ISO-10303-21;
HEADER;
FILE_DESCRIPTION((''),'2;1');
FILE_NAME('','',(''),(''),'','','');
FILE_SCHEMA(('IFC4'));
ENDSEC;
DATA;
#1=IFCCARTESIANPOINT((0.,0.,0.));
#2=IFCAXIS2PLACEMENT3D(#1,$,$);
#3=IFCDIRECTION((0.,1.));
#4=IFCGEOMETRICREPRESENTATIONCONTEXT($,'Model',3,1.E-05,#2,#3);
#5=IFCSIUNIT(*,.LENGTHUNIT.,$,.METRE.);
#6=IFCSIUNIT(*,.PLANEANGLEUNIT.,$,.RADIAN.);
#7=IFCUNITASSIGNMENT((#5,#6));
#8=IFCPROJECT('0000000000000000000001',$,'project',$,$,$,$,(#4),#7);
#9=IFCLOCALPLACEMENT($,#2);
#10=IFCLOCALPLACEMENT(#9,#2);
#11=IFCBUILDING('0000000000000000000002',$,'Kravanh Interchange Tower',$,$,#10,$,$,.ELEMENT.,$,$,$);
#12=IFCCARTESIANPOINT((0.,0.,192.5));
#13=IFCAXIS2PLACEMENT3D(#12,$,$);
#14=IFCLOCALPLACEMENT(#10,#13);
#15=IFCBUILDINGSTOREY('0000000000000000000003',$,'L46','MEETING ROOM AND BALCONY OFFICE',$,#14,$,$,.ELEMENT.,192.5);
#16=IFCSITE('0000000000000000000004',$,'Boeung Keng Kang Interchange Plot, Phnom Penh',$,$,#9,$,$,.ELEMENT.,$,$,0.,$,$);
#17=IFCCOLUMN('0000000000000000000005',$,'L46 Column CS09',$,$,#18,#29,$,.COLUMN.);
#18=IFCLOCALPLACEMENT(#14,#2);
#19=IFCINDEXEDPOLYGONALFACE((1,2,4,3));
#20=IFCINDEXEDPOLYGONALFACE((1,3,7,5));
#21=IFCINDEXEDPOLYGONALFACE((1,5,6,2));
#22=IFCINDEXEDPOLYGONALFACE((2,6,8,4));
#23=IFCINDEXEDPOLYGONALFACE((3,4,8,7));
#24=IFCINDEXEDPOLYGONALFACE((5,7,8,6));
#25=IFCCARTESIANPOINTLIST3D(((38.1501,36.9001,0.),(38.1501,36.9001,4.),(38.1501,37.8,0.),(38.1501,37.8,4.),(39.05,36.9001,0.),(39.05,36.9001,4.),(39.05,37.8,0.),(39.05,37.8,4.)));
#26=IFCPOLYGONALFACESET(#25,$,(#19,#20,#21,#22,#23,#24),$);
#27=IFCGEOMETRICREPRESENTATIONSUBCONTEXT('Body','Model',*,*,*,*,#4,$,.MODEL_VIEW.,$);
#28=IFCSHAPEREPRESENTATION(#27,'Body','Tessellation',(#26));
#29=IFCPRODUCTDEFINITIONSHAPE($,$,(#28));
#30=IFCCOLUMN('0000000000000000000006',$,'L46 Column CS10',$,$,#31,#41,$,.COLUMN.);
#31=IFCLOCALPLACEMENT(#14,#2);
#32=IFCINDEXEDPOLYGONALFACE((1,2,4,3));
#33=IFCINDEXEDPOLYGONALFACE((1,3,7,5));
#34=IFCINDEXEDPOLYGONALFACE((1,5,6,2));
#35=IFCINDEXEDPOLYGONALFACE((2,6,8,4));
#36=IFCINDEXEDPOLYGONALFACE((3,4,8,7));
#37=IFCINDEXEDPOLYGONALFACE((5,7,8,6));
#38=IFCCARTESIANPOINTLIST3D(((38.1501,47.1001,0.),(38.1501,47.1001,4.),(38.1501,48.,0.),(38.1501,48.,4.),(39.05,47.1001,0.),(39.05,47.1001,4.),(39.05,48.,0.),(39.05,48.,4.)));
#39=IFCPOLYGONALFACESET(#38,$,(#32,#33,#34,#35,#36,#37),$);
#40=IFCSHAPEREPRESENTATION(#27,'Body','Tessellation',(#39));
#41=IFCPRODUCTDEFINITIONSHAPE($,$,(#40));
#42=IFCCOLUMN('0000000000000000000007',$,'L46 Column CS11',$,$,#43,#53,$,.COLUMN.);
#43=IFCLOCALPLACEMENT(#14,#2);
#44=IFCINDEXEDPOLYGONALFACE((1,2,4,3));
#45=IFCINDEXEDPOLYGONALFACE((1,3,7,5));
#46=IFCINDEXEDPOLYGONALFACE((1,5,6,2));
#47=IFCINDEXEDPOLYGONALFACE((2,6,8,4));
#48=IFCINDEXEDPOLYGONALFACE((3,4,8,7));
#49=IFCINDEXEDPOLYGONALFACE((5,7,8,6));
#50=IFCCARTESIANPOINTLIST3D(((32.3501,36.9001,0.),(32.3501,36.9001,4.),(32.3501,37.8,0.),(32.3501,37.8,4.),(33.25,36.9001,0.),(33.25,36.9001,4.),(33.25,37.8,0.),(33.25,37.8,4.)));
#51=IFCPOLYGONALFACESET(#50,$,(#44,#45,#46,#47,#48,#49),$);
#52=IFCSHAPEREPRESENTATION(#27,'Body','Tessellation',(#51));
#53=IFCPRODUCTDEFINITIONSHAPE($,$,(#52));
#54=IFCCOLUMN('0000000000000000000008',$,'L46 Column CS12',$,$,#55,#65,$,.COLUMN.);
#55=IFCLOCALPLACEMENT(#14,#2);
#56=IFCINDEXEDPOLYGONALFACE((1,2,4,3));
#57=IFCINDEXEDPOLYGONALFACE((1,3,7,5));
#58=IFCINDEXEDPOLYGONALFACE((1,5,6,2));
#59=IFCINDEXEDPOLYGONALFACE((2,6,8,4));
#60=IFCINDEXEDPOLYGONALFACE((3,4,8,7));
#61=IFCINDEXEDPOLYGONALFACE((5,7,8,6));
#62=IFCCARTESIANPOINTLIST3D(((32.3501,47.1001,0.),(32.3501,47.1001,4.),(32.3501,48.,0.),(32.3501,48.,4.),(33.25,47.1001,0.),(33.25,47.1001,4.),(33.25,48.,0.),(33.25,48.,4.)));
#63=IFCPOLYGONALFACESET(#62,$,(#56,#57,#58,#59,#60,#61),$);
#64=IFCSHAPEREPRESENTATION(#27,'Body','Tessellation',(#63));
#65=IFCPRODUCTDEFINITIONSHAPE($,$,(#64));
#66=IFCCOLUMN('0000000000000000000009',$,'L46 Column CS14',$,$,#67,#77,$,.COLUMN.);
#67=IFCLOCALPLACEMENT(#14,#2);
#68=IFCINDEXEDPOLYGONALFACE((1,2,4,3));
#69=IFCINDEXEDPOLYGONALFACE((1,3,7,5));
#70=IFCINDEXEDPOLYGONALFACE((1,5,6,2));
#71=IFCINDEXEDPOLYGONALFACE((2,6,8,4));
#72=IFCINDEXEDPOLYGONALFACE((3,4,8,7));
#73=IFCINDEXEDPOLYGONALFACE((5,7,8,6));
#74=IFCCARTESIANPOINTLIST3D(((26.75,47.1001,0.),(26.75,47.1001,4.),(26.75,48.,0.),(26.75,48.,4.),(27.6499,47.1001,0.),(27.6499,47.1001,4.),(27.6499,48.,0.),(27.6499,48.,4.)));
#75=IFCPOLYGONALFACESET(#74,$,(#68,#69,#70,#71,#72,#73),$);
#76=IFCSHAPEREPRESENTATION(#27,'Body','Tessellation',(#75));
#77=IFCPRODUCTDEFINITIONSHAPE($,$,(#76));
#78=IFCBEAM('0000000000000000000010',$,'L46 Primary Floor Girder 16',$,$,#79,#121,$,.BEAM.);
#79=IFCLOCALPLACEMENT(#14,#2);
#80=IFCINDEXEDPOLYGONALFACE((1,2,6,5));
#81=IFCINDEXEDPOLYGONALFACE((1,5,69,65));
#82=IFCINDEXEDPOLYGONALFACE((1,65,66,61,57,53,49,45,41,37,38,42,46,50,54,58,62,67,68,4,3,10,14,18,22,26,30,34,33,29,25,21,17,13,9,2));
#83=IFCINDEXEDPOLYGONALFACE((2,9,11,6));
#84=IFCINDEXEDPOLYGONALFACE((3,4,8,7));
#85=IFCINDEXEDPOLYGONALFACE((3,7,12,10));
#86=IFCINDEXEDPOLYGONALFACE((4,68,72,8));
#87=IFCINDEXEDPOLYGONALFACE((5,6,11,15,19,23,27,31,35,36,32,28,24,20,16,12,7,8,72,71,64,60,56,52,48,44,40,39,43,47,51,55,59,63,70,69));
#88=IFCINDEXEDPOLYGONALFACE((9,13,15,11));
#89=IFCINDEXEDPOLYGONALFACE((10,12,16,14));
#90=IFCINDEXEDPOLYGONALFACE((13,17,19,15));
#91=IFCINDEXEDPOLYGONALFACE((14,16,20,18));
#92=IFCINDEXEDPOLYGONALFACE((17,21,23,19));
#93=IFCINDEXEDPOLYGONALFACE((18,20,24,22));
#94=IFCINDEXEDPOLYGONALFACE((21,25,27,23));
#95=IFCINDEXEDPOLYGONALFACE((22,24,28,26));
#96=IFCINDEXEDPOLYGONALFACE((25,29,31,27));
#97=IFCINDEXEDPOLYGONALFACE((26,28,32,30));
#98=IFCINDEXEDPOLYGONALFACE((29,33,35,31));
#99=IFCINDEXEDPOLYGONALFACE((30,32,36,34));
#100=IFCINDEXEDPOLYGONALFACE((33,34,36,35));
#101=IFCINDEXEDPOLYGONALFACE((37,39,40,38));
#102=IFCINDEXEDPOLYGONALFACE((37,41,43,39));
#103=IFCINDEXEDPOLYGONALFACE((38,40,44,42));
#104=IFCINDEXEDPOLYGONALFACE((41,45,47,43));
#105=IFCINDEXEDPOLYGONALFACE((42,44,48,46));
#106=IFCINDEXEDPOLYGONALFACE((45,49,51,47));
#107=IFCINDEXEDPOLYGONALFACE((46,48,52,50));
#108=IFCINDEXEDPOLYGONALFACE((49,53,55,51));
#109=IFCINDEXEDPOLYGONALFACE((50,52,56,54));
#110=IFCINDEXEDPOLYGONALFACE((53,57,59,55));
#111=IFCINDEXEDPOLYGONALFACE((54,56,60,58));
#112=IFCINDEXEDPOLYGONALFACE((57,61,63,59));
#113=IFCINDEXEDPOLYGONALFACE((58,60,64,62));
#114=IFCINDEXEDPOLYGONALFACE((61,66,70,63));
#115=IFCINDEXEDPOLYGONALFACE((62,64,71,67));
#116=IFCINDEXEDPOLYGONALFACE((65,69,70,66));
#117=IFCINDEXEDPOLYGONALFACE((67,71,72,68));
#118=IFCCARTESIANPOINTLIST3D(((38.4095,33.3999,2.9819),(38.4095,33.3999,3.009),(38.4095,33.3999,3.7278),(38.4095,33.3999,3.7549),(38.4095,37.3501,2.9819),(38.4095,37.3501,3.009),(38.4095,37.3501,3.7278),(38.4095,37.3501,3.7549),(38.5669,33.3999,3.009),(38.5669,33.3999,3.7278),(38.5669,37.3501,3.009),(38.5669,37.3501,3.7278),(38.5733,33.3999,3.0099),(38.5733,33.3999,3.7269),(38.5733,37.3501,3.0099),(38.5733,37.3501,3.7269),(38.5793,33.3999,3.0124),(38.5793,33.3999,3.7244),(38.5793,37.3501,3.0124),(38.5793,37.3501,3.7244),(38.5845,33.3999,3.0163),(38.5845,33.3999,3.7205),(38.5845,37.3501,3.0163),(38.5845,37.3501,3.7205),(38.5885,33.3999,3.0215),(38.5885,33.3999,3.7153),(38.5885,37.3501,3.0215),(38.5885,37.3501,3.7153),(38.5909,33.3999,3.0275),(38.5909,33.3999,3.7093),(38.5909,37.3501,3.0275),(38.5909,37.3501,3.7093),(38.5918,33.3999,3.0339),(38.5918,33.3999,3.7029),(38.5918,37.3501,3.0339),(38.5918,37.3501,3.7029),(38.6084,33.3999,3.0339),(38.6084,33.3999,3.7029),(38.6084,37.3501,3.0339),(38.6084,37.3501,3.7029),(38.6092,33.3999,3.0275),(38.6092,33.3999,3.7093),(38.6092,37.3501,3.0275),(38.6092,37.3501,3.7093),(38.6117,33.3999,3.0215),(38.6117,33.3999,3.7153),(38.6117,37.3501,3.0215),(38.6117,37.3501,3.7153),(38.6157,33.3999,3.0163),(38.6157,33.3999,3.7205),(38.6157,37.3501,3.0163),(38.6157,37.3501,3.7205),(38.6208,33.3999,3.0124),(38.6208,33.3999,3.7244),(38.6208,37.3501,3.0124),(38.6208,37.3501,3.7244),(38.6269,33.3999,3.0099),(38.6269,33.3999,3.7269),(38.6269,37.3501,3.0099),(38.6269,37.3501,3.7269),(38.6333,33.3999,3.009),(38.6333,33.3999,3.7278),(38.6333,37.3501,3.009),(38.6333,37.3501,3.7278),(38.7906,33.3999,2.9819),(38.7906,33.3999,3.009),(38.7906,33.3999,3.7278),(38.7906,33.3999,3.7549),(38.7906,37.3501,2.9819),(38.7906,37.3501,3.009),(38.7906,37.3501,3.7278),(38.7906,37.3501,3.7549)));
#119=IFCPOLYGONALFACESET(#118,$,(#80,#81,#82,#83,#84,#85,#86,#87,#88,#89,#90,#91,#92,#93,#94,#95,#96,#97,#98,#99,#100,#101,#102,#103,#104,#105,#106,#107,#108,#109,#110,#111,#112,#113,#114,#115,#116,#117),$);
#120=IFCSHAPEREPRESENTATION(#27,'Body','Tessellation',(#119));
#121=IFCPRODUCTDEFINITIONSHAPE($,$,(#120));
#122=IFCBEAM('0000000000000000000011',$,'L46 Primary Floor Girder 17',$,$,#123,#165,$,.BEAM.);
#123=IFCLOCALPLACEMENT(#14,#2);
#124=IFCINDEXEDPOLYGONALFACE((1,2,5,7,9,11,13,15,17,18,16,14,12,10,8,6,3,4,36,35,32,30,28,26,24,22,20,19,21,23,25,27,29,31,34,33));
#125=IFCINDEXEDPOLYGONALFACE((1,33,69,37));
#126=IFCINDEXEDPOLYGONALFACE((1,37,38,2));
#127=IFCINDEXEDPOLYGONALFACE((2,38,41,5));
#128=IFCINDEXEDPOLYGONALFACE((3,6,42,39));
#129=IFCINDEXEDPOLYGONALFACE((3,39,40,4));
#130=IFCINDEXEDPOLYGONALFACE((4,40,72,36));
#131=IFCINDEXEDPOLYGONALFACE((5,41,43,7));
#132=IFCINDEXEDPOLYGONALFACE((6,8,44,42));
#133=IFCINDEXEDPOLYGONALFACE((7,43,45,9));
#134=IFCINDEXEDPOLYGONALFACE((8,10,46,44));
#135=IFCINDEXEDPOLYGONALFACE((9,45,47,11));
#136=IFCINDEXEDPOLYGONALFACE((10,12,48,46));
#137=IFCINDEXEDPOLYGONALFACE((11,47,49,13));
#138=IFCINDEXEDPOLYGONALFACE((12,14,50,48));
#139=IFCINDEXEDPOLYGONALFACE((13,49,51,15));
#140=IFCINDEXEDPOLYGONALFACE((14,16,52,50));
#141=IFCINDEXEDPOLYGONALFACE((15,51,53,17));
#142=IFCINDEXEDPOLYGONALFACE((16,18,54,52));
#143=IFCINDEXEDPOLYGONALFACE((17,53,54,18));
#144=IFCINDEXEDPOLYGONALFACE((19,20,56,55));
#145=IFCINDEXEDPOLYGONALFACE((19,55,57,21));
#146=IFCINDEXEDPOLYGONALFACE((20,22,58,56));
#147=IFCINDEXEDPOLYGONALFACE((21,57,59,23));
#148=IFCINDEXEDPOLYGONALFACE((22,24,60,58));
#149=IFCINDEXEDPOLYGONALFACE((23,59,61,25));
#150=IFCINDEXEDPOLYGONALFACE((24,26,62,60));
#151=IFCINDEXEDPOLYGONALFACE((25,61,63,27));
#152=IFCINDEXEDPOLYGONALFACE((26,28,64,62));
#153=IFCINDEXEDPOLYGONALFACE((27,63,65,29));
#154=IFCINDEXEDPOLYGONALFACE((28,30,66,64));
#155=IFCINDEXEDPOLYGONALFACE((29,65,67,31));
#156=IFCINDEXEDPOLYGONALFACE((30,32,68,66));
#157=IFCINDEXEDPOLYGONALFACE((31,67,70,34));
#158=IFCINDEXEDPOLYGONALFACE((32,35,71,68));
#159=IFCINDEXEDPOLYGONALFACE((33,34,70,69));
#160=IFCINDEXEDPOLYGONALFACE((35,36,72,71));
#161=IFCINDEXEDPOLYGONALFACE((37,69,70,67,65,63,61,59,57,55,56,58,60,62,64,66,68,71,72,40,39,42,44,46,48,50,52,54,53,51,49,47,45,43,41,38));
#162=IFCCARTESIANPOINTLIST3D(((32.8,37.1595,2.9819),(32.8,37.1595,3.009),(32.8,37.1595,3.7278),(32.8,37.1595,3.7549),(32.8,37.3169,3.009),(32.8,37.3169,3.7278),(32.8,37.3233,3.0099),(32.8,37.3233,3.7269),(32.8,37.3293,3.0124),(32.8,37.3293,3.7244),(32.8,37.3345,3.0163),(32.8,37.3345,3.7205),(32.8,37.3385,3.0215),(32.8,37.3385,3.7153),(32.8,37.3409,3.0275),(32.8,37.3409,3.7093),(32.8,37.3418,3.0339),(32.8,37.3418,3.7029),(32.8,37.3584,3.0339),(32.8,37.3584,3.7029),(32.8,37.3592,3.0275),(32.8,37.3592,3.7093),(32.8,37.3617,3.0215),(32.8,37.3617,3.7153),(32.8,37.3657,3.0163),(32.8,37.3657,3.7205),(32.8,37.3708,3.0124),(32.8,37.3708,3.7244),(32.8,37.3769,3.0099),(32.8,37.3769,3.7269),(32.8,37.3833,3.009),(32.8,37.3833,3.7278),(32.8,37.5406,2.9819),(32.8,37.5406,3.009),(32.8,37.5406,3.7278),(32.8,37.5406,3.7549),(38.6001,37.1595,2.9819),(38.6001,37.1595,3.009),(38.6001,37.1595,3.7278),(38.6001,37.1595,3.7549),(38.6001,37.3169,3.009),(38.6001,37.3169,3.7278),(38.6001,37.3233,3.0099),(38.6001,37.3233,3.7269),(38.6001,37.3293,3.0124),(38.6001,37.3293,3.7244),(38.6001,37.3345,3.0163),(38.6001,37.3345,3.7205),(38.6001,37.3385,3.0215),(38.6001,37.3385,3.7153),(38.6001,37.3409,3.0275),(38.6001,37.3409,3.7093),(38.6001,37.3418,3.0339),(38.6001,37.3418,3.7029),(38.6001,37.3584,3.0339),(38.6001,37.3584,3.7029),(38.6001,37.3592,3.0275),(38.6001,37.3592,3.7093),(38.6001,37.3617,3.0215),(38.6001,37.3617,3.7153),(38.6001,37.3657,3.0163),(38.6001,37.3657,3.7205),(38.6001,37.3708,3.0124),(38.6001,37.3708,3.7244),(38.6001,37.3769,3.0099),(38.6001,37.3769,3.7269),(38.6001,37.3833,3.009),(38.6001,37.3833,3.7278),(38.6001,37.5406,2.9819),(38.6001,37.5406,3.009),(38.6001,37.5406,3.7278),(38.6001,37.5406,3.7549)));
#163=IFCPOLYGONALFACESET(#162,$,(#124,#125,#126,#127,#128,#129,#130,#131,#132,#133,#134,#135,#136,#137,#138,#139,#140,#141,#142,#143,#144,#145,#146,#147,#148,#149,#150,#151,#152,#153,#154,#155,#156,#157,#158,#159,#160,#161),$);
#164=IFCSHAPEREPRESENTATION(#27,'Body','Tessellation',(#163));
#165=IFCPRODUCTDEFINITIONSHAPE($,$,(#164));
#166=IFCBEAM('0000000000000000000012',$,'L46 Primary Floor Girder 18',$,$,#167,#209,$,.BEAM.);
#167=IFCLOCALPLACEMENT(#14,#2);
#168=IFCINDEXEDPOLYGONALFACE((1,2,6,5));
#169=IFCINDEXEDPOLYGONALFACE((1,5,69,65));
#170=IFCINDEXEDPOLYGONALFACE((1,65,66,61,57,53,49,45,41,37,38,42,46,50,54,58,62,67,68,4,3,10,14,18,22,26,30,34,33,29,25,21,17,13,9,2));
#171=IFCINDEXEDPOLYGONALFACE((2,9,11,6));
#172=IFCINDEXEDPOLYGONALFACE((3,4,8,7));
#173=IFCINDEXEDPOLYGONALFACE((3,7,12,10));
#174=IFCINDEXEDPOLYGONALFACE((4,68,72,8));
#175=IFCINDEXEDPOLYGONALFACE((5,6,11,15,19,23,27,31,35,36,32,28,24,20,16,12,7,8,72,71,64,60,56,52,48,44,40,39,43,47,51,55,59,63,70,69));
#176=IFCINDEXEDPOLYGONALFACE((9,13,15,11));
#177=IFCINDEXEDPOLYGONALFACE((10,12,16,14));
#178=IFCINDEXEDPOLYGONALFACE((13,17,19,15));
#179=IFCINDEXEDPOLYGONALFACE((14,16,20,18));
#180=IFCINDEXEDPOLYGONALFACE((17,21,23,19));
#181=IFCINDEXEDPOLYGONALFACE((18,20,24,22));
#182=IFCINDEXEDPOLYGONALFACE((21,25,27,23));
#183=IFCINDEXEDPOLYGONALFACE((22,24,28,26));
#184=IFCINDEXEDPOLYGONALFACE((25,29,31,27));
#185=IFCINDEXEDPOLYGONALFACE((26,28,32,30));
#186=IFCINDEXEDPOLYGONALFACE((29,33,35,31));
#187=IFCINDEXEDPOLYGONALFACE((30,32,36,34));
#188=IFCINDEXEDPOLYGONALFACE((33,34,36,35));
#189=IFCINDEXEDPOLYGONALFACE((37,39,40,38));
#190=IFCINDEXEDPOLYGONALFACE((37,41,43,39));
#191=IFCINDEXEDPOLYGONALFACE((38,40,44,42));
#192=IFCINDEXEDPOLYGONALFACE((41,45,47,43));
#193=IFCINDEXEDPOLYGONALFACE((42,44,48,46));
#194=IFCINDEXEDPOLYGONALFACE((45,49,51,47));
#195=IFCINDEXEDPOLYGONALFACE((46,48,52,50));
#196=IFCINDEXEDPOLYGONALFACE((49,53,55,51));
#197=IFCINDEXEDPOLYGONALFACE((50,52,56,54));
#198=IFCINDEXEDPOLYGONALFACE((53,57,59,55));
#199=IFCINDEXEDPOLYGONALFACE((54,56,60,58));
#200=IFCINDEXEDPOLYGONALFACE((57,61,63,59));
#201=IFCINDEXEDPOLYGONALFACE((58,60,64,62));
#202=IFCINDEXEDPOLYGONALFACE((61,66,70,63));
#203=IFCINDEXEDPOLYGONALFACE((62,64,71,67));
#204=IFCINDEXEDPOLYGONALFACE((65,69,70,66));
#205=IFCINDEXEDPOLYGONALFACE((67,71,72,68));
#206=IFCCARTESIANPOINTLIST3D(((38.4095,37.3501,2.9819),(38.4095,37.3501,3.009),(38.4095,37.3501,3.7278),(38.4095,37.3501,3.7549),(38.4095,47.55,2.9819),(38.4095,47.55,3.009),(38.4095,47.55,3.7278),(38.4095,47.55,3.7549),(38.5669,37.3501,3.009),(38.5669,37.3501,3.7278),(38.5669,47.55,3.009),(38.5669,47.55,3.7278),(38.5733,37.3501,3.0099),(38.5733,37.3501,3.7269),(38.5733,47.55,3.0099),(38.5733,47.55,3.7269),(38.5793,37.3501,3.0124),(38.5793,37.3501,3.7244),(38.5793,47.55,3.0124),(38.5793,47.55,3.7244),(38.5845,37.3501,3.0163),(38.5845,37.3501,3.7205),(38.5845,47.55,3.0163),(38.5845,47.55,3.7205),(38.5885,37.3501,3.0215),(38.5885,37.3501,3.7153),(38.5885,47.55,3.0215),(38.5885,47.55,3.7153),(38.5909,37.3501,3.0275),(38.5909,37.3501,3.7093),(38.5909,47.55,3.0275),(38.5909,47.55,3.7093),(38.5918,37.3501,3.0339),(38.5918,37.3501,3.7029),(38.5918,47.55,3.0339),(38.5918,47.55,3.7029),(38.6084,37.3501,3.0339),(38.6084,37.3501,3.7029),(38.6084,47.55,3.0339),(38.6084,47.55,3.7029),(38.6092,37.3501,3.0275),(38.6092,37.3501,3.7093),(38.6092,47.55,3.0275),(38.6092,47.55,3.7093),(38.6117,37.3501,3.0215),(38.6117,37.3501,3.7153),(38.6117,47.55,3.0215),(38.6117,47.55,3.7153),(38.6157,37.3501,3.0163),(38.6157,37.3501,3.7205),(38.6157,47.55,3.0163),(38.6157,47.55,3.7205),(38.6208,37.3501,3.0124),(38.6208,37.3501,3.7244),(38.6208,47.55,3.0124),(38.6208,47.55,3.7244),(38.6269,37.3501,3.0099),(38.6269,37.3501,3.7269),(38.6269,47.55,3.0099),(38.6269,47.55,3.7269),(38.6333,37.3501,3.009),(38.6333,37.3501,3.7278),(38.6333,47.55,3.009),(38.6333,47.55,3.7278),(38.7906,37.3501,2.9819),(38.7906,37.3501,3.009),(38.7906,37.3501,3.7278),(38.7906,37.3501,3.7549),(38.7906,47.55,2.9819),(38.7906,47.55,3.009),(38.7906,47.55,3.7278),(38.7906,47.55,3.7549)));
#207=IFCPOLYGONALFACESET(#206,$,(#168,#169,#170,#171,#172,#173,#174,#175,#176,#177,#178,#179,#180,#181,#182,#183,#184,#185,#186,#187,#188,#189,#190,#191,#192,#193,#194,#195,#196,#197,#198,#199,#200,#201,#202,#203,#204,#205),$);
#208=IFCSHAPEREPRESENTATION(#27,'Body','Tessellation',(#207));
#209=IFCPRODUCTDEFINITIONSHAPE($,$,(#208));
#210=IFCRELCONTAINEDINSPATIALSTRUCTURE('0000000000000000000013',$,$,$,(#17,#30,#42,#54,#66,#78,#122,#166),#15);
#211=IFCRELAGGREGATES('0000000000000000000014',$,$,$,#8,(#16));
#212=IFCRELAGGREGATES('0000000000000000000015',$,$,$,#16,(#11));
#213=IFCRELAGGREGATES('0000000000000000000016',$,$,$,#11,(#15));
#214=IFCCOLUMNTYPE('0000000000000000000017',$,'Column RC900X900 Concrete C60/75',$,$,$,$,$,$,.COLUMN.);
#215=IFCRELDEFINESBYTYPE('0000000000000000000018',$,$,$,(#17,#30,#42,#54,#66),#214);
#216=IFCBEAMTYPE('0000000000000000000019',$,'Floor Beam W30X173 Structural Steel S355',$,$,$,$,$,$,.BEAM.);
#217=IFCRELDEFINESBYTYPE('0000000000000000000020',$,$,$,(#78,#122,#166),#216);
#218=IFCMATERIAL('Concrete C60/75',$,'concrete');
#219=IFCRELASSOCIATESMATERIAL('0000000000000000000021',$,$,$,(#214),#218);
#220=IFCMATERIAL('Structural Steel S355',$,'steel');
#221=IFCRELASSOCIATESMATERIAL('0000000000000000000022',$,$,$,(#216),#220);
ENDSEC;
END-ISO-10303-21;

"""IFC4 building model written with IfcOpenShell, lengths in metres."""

from ifc_helpers import new_model, si_unit, direction, frame, origin, origin_2d, place, context, subcontext, project, spatial, rectangle, i_section, extrude, material, material_profile, profile_set, type_object, element, save


model = new_model("IFC4")

# Units and contexts
model_context = context("Model", 3, precision=1e-05, world=origin(), true_north=direction((0.0, 1.0)))
body_context = subcontext(model_context, "Body", "Model", "MODEL_VIEW")
ifc_project = project(units=[si_unit("LENGTHUNIT", "METRE"), si_unit("PLANEANGLEUNIT", "RADIAN")], contexts=[model_context])

# Site, building, storey
site_placement = place(None, origin())
site = spatial("IfcSite", under=ifc_project, at=site_placement, Name="Boeung Keng Kang Interchange Plot, Phnom Penh", CompositionType="ELEMENT", RefElevation=0.0)
building_placement = place(site_placement, origin())
building = spatial("IfcBuilding", under=site, at=building_placement, Name="Kravanh Interchange Tower", CompositionType="ELEMENT")
storey_placement = place(building_placement, frame((0.0, 0.0, 192.5)))
storey = spatial("IfcBuildingStorey", under=building, at=storey_placement, Name="L46", Description="MEETING ROOM AND BALCONY OFFICE", CompositionType="ELEMENT", Elevation=192.5)

# Columns
ifc_material_1 = material(Name="Concrete C60/75", Category="concrete")
ifc_material_profile_1 = material_profile(ifc_material_1, rectangle(XDim=0.8999, YDim=0.8999, at=origin_2d()), Name="RC900X900")
ifc_profile_set_1 = profile_set([ifc_material_profile_1], Name="Concrete C60/75")
column_type = type_object("IfcColumnType", Name="Column RC900X900 Concrete C60/75", PredefinedType="COLUMN", material=ifc_profile_set_1)
for number, where, z_axis, x_axis, name in (
    (1, (38.6001, 37.3501, 0.0), (0.0, 0.0, 1.0), (1.0, 0.0, 0.0), "L46 Column CS09"),
    (2, (38.6001, 47.55, 0.0), (0.0, 0.0, 1.0), (1.0, 0.0, 0.0), "L46 Column CS10"),
    (3, (32.8, 37.3501, 0.0), (0.0, 0.0, 1.0), (1.0, 0.0, 0.0), "L46 Column CS11"),
    (4, (32.8, 47.55, 0.0), (0.0, 0.0, 1.0), (1.0, 0.0, 0.0), "L46 Column CS12"),
    (5, (27.2, 47.55, 0.0), (0.0, 0.0, 1.0), (1.0, 0.0, 0.0), "L46 Column CS14"),
):
    element("IfcColumn", number, at=place(storey_placement, frame(where, z_axis=z_axis, x_axis=x_axis)), inside=storey, type_object=column_type, Name=name, PredefinedType="COLUMN", context=body_context, shape_type="SweptSolid", body=[
        extrude(rectangle(XDim=0.8999, YDim=0.8999, at=origin_2d()), origin(), (0.0, 0.0, 1.0), 4.0),
    ])

# Beams
ifc_material_2 = material(Name="Structural Steel S355", Category="steel")
ifc_material_profile_2 = material_profile(ifc_material_2, i_section(OverallWidth=0.3811, OverallDepth=0.7729, WebThickness=0.0166, FlangeThickness=0.0271, FilletRadius=0.0249, at=origin_2d()), Name="W30X173")
ifc_profile_set_2 = profile_set([ifc_material_profile_2], Name="Structural Steel S355")
beam_type = type_object("IfcBeamType", Name="Floor Beam W30X173 Structural Steel S355", PredefinedType="BEAM", material=ifc_profile_set_2)
beam_1_placement = place(storey_placement, frame((38.6001, 37.3501, 3.3684), z_axis=(0.0, -1.0, 0.0), x_axis=(1.0, 0.0, 0.0)))
element("IfcBeam", 6, at=beam_1_placement, inside=storey, type_object=beam_type, Name="L46 Primary Floor Girder 16", PredefinedType="BEAM", context=body_context, shape_type="SweptSolid", body=[
    extrude(i_section(OverallWidth=0.3811, OverallDepth=0.7729, WebThickness=0.0166, FlangeThickness=0.0271, FilletRadius=0.0249, at=origin_2d()), origin(), (0.0, 0.0, 1.0), 3.9502),
])
beam_2_placement = place(storey_placement, frame((38.6001, 37.3501, 3.3684), z_axis=(-1.0, 0.0, 0.0), x_axis=(0.0, -1.0, 0.0)))
element("IfcBeam", 7, at=beam_2_placement, inside=storey, type_object=beam_type, Name="L46 Primary Floor Girder 17", PredefinedType="BEAM", context=body_context, shape_type="SweptSolid", body=[
    extrude(i_section(OverallWidth=0.3811, OverallDepth=0.7729, WebThickness=0.0166, FlangeThickness=0.0271, FilletRadius=0.0249, at=origin_2d()), origin(), (0.0, 0.0, 1.0), 5.8),
])
beam_3_placement = place(storey_placement, frame((38.6001, 37.3501, 3.3684), z_axis=(0.0, 1.0, 0.0), x_axis=(-1.0, 0.0, 0.0)))
element("IfcBeam", 8, at=beam_3_placement, inside=storey, type_object=beam_type, Name="L46 Primary Floor Girder 18", PredefinedType="BEAM", context=body_context, shape_type="SweptSolid", body=[
    extrude(i_section(OverallWidth=0.3811, OverallDepth=0.7729, WebThickness=0.0166, FlangeThickness=0.0271, FilletRadius=0.0249, at=origin_2d()), origin(), (0.0, 0.0, 1.0), 10.2),
])

save(model, "model.ifc")
